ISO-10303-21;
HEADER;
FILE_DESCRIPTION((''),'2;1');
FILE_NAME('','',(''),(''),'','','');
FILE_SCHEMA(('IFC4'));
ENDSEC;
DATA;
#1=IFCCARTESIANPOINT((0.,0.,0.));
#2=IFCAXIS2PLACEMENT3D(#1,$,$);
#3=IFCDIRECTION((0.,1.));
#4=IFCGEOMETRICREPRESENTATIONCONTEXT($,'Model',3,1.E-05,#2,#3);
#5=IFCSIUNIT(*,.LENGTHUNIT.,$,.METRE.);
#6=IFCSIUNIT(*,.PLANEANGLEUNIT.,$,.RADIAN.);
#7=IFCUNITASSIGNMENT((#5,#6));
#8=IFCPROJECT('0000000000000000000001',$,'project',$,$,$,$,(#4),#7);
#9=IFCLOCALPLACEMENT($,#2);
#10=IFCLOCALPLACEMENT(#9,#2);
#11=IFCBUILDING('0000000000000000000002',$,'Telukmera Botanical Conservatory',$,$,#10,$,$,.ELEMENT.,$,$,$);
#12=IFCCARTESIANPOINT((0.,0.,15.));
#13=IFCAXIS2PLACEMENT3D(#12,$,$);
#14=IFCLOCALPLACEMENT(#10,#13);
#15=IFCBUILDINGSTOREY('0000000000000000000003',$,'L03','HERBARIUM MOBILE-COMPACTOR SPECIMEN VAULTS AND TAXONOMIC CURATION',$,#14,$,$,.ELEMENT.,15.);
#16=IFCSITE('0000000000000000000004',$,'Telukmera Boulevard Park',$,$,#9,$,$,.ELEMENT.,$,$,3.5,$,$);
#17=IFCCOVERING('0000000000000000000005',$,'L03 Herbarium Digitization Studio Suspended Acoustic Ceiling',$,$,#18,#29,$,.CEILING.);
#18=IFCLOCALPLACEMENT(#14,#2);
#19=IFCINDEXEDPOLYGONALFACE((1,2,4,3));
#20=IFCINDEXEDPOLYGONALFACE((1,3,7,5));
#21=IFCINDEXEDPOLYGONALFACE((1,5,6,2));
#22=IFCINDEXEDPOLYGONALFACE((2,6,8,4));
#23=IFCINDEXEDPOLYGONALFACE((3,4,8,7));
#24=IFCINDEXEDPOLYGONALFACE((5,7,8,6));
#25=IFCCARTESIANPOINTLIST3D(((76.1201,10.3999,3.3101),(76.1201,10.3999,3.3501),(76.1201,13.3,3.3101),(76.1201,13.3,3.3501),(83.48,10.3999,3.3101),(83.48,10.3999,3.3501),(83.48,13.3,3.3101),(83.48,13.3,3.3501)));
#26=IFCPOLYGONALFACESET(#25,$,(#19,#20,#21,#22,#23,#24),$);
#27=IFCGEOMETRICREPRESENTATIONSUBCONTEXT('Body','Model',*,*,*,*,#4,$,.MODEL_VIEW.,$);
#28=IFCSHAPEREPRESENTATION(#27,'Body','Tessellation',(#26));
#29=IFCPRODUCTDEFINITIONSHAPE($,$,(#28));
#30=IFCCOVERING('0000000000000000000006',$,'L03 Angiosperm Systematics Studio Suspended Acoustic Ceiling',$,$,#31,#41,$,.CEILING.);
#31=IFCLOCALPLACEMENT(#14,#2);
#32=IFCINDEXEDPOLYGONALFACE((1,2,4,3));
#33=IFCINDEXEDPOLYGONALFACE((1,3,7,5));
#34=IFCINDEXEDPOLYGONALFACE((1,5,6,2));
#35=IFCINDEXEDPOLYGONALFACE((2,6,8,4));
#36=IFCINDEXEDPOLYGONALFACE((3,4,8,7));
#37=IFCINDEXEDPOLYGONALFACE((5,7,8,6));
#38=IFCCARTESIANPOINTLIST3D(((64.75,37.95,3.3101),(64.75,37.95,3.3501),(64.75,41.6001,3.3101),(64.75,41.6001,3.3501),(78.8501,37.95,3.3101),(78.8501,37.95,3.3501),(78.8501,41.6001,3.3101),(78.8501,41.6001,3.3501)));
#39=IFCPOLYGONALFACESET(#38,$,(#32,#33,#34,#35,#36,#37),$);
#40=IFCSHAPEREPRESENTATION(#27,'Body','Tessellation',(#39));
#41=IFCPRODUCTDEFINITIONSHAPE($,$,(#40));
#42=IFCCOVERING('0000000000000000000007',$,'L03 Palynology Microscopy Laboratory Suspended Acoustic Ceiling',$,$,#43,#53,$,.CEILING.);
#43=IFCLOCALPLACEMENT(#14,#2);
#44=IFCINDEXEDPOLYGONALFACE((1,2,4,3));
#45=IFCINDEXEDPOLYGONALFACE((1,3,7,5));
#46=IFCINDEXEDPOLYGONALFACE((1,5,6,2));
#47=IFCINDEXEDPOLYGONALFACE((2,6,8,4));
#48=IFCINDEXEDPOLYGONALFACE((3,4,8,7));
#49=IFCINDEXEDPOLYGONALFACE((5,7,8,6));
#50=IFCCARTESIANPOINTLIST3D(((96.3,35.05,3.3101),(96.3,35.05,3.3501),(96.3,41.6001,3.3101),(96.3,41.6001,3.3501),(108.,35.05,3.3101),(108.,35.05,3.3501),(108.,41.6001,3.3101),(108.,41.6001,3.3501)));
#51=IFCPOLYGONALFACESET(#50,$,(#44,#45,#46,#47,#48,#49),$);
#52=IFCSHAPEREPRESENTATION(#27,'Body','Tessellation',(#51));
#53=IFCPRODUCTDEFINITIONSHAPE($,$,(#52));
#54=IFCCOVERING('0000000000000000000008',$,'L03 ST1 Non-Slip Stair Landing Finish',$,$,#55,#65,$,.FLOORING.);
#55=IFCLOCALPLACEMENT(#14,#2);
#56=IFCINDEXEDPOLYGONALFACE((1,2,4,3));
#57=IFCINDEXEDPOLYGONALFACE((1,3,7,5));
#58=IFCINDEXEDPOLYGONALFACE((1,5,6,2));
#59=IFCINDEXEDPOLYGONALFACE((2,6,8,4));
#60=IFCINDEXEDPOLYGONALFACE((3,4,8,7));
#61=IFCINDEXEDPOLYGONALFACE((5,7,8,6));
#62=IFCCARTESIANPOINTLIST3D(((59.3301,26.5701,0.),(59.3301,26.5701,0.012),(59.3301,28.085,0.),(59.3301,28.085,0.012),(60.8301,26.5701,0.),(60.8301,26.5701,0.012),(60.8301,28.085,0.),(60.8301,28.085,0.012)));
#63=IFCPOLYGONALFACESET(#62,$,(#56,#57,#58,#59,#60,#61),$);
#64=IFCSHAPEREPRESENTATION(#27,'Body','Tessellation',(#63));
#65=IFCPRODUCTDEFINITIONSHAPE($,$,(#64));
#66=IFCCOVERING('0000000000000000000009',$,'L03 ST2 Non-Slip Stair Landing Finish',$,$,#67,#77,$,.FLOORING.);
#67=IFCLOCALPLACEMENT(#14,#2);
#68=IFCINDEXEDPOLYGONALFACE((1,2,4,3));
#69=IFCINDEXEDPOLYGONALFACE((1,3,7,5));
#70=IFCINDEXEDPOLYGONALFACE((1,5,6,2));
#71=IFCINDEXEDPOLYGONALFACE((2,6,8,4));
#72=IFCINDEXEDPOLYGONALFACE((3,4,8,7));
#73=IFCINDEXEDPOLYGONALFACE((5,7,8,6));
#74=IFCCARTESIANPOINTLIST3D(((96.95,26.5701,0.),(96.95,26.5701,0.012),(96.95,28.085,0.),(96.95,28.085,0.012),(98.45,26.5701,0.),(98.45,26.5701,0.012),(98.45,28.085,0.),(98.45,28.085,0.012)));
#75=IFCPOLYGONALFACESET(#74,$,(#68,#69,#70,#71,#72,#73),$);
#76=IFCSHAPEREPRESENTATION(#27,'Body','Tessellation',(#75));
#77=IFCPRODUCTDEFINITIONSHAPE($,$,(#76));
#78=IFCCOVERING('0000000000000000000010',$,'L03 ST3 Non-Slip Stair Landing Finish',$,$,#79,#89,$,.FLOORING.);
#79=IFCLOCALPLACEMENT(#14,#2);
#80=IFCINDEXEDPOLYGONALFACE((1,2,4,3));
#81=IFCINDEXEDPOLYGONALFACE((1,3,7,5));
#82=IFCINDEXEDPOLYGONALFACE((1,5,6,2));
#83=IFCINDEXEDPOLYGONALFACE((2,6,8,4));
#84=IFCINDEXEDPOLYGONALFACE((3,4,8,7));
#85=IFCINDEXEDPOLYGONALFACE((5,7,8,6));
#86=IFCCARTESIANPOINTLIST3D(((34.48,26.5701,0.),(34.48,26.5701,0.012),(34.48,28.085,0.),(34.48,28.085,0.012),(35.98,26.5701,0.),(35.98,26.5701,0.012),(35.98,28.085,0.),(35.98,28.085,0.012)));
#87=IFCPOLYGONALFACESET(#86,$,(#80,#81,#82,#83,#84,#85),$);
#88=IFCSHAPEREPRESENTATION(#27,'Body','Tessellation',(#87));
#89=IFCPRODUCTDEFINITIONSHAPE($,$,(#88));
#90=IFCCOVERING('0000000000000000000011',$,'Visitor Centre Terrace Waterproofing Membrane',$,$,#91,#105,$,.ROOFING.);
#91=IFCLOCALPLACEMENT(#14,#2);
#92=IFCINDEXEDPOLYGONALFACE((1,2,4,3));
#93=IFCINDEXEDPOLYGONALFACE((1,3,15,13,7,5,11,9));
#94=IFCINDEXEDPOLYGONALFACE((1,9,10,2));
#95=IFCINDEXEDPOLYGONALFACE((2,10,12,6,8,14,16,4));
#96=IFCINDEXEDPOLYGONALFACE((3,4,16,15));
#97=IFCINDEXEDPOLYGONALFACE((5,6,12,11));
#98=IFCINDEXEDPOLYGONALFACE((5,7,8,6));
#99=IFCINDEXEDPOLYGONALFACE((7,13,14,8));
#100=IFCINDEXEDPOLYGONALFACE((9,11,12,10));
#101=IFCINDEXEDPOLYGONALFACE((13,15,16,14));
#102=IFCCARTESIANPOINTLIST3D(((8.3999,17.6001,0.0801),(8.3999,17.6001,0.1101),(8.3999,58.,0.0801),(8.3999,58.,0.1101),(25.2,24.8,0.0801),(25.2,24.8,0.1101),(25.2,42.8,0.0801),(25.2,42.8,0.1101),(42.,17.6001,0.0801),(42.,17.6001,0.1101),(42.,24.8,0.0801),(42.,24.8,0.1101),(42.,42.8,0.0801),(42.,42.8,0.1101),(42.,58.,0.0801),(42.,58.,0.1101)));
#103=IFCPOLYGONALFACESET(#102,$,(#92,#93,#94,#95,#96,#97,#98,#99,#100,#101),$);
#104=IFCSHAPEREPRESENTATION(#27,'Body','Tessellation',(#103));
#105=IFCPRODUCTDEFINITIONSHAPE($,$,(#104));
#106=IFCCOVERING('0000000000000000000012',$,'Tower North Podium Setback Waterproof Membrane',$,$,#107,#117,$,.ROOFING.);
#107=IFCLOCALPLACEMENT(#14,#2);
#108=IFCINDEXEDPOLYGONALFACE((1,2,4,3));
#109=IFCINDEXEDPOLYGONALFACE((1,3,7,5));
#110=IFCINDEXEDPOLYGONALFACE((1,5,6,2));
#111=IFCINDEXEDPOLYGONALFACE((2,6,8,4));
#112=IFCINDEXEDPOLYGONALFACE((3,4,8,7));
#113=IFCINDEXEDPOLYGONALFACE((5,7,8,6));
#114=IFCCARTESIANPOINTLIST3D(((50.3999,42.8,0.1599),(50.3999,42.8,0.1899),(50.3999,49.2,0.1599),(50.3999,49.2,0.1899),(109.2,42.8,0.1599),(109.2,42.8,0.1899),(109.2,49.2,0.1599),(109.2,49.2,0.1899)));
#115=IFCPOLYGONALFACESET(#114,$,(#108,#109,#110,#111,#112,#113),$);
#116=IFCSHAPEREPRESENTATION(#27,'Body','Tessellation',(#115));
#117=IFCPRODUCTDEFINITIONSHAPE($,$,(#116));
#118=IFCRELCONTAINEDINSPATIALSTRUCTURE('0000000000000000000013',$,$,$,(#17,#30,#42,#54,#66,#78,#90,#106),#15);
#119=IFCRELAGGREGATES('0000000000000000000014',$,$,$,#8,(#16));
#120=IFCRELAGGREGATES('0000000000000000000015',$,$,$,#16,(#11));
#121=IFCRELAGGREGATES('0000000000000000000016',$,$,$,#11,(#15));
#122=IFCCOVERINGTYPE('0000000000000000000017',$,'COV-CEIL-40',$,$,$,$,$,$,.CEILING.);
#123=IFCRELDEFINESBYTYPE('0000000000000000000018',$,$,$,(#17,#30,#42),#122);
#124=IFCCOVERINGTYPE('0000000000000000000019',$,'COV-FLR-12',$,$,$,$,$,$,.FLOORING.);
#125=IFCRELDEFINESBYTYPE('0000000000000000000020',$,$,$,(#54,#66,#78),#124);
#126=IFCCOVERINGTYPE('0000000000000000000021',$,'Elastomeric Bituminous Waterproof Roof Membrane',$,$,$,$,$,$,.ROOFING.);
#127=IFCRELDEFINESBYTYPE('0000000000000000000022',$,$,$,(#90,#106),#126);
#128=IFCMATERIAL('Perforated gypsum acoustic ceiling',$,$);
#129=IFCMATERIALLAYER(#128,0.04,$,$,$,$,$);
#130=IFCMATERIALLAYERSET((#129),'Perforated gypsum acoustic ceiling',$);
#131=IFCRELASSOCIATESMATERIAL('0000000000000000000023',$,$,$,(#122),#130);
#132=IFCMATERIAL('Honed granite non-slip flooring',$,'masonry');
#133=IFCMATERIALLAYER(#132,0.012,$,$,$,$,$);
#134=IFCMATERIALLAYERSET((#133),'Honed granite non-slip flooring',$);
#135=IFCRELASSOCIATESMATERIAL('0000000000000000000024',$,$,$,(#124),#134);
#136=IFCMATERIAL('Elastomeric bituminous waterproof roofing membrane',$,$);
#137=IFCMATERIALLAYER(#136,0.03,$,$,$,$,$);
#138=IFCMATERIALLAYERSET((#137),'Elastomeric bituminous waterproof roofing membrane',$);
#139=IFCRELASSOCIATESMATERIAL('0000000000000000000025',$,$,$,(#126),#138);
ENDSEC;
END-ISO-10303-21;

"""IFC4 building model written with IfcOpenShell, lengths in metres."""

from ifc_helpers import new_model, si_unit, direction, frame, origin, place, context, subcontext, project, spatial, polyline, outline, extrude, material, layer, layer_set, type_object, element, save


model = new_model("IFC4")

# Units and contexts
model_context = context("Model", 3, precision=1e-05, world=origin(), true_north=direction((0.0, 1.0)))
body_context = subcontext(model_context, "Body", "Model", "MODEL_VIEW")
ifc_project = project(units=[si_unit("LENGTHUNIT", "METRE"), si_unit("PLANEANGLEUNIT", "RADIAN")], contexts=[model_context])

# Site, building, storey
site_placement = place(None, origin())
site = spatial("IfcSite", under=ifc_project, at=site_placement, Name="Telukmera Boulevard Park", CompositionType="ELEMENT", RefElevation=3.5)
building_placement = place(site_placement, origin())
building = spatial("IfcBuilding", under=site, at=building_placement, Name="Telukmera Botanical Conservatory", CompositionType="ELEMENT")
storey_placement = place(building_placement, frame((0.0, 0.0, 15.0)))
storey = spatial("IfcBuildingStorey", under=building, at=storey_placement, Name="L03", Description="HERBARIUM MOBILE-COMPACTOR SPECIMEN VAULTS AND TAXONOMIC CURATION", CompositionType="ELEMENT", Elevation=15.0)

# Coverings
ifc_material_1 = material(Name="Perforated gypsum acoustic ceiling")
ifc_layer_1 = layer(ifc_material_1, 0.04)
ifc_layer_set_1 = layer_set([ifc_layer_1], Name="Perforated gypsum acoustic ceiling")
covering_type_1 = type_object("IfcCoveringType", Name="COV-CEIL-40", PredefinedType="CEILING", material=ifc_layer_set_1)
covering_1_placement = place(storey_placement, frame((0.0, 0.0, 3.3101)))
element("IfcCovering", 1, at=covering_1_placement, inside=storey, type_object=covering_type_1, Name="L03 Herbarium Digitization Studio Suspended Acoustic Ceiling", PredefinedType="CEILING", context=body_context, shape_type="SweptSolid", body=[
    extrude(outline(polyline([(76.1201, 10.3999), (83.48, 10.3999), (83.48, 13.3), (76.1201, 13.3), (76.1201, 10.3999)])), origin(), (0.0, 0.0, 1.0), 0.04),
])
covering_2_placement = place(storey_placement, frame((0.0, 0.0, 3.3101)))
element("IfcCovering", 2, at=covering_2_placement, inside=storey, type_object=covering_type_1, Name="L03 Angiosperm Systematics Studio Suspended Acoustic Ceiling", PredefinedType="CEILING", context=body_context, shape_type="SweptSolid", body=[
    extrude(outline(polyline([(64.75, 37.95), (78.8501, 37.95), (78.8501, 41.6001), (64.75, 41.6001), (64.75, 37.95)])), origin(), (0.0, 0.0, 1.0), 0.04),
])
covering_3_placement = place(storey_placement, frame((0.0, 0.0, 3.3101)))
element("IfcCovering", 3, at=covering_3_placement, inside=storey, type_object=covering_type_1, Name="L03 Palynology Microscopy Laboratory Suspended Acoustic Ceiling", PredefinedType="CEILING", context=body_context, shape_type="SweptSolid", body=[
    extrude(outline(polyline([(96.3, 35.05), (108.0, 35.05), (108.0, 41.6001), (96.3, 41.6001), (96.3, 35.05)])), origin(), (0.0, 0.0, 1.0), 0.04),
])
ifc_material_2 = material(Name="Honed granite non-slip flooring", Category="masonry")
ifc_layer_2 = layer(ifc_material_2, 0.012)
ifc_layer_set_2 = layer_set([ifc_layer_2], Name="Honed granite non-slip flooring")
covering_type_2 = type_object("IfcCoveringType", Name="COV-FLR-12", PredefinedType="FLOORING", material=ifc_layer_set_2)
covering_4_placement = place(storey_placement, origin())
element("IfcCovering", 4, at=covering_4_placement, inside=storey, type_object=covering_type_2, Name="L03 ST1 Non-Slip Stair Landing Finish", PredefinedType="FLOORING", context=body_context, shape_type="SweptSolid", body=[
    extrude(outline(polyline([(60.8301, 26.5701), (60.8301, 28.085), (59.3301, 28.085), (59.3301, 26.5701), (60.8301, 26.5701)])), origin(), (0.0, 0.0, 1.0), 0.012),
])
covering_5_placement = place(storey_placement, origin())
element("IfcCovering", 5, at=covering_5_placement, inside=storey, type_object=covering_type_2, Name="L03 ST2 Non-Slip Stair Landing Finish", PredefinedType="FLOORING", context=body_context, shape_type="SweptSolid", body=[
    extrude(outline(polyline([(98.45, 26.5701), (98.45, 28.085), (96.95, 28.085), (96.95, 26.5701), (98.45, 26.5701)])), origin(), (0.0, 0.0, 1.0), 0.012),
])
covering_6_placement = place(storey_placement, origin())
element("IfcCovering", 6, at=covering_6_placement, inside=storey, type_object=covering_type_2, Name="L03 ST3 Non-Slip Stair Landing Finish", PredefinedType="FLOORING", context=body_context, shape_type="SweptSolid", body=[
    extrude(outline(polyline([(35.98, 26.5701), (35.98, 28.085), (34.48, 28.085), (34.48, 26.5701), (35.98, 26.5701)])), origin(), (0.0, 0.0, 1.0), 0.012),
])
ifc_material_3 = material(Name="Elastomeric bituminous waterproof roofing membrane")
ifc_layer_3 = layer(ifc_material_3, 0.03)
ifc_layer_set_3 = layer_set([ifc_layer_3], Name="Elastomeric bituminous waterproof roofing membrane")
covering_type_3 = type_object("IfcCoveringType", Name="Elastomeric Bituminous Waterproof Roof Membrane", PredefinedType="ROOFING", material=ifc_layer_set_3)
covering_7_placement = place(storey_placement, frame((0.0, 0.0, 0.0801)))
element("IfcCovering", 7, at=covering_7_placement, inside=storey, type_object=covering_type_3, Name="Visitor Centre Terrace Waterproofing Membrane", PredefinedType="ROOFING", context=body_context, shape_type="SweptSolid", body=[
    extrude(outline(polyline([(8.3999, 17.6001), (42.0, 17.6001), (42.0, 24.8), (25.2, 24.8), (25.2, 42.8), (42.0, 42.8), (42.0, 58.0), (8.3999, 58.0), (8.3999, 17.6001)])), origin(), (0.0, 0.0, 1.0), 0.03),
])
covering_8_placement = place(storey_placement, frame((0.0, 0.0, 0.1599)))
element("IfcCovering", 8, at=covering_8_placement, inside=storey, type_object=covering_type_3, Name="Tower North Podium Setback Waterproof Membrane", PredefinedType="ROOFING", context=body_context, shape_type="SweptSolid", body=[
    extrude(outline(polyline([(50.3999, 42.8), (109.2, 42.8), (109.2, 49.2), (50.3999, 49.2), (50.3999, 42.8)])), origin(), (0.0, 0.0, 1.0), 0.03),
])

save(model, "model.ifc")
